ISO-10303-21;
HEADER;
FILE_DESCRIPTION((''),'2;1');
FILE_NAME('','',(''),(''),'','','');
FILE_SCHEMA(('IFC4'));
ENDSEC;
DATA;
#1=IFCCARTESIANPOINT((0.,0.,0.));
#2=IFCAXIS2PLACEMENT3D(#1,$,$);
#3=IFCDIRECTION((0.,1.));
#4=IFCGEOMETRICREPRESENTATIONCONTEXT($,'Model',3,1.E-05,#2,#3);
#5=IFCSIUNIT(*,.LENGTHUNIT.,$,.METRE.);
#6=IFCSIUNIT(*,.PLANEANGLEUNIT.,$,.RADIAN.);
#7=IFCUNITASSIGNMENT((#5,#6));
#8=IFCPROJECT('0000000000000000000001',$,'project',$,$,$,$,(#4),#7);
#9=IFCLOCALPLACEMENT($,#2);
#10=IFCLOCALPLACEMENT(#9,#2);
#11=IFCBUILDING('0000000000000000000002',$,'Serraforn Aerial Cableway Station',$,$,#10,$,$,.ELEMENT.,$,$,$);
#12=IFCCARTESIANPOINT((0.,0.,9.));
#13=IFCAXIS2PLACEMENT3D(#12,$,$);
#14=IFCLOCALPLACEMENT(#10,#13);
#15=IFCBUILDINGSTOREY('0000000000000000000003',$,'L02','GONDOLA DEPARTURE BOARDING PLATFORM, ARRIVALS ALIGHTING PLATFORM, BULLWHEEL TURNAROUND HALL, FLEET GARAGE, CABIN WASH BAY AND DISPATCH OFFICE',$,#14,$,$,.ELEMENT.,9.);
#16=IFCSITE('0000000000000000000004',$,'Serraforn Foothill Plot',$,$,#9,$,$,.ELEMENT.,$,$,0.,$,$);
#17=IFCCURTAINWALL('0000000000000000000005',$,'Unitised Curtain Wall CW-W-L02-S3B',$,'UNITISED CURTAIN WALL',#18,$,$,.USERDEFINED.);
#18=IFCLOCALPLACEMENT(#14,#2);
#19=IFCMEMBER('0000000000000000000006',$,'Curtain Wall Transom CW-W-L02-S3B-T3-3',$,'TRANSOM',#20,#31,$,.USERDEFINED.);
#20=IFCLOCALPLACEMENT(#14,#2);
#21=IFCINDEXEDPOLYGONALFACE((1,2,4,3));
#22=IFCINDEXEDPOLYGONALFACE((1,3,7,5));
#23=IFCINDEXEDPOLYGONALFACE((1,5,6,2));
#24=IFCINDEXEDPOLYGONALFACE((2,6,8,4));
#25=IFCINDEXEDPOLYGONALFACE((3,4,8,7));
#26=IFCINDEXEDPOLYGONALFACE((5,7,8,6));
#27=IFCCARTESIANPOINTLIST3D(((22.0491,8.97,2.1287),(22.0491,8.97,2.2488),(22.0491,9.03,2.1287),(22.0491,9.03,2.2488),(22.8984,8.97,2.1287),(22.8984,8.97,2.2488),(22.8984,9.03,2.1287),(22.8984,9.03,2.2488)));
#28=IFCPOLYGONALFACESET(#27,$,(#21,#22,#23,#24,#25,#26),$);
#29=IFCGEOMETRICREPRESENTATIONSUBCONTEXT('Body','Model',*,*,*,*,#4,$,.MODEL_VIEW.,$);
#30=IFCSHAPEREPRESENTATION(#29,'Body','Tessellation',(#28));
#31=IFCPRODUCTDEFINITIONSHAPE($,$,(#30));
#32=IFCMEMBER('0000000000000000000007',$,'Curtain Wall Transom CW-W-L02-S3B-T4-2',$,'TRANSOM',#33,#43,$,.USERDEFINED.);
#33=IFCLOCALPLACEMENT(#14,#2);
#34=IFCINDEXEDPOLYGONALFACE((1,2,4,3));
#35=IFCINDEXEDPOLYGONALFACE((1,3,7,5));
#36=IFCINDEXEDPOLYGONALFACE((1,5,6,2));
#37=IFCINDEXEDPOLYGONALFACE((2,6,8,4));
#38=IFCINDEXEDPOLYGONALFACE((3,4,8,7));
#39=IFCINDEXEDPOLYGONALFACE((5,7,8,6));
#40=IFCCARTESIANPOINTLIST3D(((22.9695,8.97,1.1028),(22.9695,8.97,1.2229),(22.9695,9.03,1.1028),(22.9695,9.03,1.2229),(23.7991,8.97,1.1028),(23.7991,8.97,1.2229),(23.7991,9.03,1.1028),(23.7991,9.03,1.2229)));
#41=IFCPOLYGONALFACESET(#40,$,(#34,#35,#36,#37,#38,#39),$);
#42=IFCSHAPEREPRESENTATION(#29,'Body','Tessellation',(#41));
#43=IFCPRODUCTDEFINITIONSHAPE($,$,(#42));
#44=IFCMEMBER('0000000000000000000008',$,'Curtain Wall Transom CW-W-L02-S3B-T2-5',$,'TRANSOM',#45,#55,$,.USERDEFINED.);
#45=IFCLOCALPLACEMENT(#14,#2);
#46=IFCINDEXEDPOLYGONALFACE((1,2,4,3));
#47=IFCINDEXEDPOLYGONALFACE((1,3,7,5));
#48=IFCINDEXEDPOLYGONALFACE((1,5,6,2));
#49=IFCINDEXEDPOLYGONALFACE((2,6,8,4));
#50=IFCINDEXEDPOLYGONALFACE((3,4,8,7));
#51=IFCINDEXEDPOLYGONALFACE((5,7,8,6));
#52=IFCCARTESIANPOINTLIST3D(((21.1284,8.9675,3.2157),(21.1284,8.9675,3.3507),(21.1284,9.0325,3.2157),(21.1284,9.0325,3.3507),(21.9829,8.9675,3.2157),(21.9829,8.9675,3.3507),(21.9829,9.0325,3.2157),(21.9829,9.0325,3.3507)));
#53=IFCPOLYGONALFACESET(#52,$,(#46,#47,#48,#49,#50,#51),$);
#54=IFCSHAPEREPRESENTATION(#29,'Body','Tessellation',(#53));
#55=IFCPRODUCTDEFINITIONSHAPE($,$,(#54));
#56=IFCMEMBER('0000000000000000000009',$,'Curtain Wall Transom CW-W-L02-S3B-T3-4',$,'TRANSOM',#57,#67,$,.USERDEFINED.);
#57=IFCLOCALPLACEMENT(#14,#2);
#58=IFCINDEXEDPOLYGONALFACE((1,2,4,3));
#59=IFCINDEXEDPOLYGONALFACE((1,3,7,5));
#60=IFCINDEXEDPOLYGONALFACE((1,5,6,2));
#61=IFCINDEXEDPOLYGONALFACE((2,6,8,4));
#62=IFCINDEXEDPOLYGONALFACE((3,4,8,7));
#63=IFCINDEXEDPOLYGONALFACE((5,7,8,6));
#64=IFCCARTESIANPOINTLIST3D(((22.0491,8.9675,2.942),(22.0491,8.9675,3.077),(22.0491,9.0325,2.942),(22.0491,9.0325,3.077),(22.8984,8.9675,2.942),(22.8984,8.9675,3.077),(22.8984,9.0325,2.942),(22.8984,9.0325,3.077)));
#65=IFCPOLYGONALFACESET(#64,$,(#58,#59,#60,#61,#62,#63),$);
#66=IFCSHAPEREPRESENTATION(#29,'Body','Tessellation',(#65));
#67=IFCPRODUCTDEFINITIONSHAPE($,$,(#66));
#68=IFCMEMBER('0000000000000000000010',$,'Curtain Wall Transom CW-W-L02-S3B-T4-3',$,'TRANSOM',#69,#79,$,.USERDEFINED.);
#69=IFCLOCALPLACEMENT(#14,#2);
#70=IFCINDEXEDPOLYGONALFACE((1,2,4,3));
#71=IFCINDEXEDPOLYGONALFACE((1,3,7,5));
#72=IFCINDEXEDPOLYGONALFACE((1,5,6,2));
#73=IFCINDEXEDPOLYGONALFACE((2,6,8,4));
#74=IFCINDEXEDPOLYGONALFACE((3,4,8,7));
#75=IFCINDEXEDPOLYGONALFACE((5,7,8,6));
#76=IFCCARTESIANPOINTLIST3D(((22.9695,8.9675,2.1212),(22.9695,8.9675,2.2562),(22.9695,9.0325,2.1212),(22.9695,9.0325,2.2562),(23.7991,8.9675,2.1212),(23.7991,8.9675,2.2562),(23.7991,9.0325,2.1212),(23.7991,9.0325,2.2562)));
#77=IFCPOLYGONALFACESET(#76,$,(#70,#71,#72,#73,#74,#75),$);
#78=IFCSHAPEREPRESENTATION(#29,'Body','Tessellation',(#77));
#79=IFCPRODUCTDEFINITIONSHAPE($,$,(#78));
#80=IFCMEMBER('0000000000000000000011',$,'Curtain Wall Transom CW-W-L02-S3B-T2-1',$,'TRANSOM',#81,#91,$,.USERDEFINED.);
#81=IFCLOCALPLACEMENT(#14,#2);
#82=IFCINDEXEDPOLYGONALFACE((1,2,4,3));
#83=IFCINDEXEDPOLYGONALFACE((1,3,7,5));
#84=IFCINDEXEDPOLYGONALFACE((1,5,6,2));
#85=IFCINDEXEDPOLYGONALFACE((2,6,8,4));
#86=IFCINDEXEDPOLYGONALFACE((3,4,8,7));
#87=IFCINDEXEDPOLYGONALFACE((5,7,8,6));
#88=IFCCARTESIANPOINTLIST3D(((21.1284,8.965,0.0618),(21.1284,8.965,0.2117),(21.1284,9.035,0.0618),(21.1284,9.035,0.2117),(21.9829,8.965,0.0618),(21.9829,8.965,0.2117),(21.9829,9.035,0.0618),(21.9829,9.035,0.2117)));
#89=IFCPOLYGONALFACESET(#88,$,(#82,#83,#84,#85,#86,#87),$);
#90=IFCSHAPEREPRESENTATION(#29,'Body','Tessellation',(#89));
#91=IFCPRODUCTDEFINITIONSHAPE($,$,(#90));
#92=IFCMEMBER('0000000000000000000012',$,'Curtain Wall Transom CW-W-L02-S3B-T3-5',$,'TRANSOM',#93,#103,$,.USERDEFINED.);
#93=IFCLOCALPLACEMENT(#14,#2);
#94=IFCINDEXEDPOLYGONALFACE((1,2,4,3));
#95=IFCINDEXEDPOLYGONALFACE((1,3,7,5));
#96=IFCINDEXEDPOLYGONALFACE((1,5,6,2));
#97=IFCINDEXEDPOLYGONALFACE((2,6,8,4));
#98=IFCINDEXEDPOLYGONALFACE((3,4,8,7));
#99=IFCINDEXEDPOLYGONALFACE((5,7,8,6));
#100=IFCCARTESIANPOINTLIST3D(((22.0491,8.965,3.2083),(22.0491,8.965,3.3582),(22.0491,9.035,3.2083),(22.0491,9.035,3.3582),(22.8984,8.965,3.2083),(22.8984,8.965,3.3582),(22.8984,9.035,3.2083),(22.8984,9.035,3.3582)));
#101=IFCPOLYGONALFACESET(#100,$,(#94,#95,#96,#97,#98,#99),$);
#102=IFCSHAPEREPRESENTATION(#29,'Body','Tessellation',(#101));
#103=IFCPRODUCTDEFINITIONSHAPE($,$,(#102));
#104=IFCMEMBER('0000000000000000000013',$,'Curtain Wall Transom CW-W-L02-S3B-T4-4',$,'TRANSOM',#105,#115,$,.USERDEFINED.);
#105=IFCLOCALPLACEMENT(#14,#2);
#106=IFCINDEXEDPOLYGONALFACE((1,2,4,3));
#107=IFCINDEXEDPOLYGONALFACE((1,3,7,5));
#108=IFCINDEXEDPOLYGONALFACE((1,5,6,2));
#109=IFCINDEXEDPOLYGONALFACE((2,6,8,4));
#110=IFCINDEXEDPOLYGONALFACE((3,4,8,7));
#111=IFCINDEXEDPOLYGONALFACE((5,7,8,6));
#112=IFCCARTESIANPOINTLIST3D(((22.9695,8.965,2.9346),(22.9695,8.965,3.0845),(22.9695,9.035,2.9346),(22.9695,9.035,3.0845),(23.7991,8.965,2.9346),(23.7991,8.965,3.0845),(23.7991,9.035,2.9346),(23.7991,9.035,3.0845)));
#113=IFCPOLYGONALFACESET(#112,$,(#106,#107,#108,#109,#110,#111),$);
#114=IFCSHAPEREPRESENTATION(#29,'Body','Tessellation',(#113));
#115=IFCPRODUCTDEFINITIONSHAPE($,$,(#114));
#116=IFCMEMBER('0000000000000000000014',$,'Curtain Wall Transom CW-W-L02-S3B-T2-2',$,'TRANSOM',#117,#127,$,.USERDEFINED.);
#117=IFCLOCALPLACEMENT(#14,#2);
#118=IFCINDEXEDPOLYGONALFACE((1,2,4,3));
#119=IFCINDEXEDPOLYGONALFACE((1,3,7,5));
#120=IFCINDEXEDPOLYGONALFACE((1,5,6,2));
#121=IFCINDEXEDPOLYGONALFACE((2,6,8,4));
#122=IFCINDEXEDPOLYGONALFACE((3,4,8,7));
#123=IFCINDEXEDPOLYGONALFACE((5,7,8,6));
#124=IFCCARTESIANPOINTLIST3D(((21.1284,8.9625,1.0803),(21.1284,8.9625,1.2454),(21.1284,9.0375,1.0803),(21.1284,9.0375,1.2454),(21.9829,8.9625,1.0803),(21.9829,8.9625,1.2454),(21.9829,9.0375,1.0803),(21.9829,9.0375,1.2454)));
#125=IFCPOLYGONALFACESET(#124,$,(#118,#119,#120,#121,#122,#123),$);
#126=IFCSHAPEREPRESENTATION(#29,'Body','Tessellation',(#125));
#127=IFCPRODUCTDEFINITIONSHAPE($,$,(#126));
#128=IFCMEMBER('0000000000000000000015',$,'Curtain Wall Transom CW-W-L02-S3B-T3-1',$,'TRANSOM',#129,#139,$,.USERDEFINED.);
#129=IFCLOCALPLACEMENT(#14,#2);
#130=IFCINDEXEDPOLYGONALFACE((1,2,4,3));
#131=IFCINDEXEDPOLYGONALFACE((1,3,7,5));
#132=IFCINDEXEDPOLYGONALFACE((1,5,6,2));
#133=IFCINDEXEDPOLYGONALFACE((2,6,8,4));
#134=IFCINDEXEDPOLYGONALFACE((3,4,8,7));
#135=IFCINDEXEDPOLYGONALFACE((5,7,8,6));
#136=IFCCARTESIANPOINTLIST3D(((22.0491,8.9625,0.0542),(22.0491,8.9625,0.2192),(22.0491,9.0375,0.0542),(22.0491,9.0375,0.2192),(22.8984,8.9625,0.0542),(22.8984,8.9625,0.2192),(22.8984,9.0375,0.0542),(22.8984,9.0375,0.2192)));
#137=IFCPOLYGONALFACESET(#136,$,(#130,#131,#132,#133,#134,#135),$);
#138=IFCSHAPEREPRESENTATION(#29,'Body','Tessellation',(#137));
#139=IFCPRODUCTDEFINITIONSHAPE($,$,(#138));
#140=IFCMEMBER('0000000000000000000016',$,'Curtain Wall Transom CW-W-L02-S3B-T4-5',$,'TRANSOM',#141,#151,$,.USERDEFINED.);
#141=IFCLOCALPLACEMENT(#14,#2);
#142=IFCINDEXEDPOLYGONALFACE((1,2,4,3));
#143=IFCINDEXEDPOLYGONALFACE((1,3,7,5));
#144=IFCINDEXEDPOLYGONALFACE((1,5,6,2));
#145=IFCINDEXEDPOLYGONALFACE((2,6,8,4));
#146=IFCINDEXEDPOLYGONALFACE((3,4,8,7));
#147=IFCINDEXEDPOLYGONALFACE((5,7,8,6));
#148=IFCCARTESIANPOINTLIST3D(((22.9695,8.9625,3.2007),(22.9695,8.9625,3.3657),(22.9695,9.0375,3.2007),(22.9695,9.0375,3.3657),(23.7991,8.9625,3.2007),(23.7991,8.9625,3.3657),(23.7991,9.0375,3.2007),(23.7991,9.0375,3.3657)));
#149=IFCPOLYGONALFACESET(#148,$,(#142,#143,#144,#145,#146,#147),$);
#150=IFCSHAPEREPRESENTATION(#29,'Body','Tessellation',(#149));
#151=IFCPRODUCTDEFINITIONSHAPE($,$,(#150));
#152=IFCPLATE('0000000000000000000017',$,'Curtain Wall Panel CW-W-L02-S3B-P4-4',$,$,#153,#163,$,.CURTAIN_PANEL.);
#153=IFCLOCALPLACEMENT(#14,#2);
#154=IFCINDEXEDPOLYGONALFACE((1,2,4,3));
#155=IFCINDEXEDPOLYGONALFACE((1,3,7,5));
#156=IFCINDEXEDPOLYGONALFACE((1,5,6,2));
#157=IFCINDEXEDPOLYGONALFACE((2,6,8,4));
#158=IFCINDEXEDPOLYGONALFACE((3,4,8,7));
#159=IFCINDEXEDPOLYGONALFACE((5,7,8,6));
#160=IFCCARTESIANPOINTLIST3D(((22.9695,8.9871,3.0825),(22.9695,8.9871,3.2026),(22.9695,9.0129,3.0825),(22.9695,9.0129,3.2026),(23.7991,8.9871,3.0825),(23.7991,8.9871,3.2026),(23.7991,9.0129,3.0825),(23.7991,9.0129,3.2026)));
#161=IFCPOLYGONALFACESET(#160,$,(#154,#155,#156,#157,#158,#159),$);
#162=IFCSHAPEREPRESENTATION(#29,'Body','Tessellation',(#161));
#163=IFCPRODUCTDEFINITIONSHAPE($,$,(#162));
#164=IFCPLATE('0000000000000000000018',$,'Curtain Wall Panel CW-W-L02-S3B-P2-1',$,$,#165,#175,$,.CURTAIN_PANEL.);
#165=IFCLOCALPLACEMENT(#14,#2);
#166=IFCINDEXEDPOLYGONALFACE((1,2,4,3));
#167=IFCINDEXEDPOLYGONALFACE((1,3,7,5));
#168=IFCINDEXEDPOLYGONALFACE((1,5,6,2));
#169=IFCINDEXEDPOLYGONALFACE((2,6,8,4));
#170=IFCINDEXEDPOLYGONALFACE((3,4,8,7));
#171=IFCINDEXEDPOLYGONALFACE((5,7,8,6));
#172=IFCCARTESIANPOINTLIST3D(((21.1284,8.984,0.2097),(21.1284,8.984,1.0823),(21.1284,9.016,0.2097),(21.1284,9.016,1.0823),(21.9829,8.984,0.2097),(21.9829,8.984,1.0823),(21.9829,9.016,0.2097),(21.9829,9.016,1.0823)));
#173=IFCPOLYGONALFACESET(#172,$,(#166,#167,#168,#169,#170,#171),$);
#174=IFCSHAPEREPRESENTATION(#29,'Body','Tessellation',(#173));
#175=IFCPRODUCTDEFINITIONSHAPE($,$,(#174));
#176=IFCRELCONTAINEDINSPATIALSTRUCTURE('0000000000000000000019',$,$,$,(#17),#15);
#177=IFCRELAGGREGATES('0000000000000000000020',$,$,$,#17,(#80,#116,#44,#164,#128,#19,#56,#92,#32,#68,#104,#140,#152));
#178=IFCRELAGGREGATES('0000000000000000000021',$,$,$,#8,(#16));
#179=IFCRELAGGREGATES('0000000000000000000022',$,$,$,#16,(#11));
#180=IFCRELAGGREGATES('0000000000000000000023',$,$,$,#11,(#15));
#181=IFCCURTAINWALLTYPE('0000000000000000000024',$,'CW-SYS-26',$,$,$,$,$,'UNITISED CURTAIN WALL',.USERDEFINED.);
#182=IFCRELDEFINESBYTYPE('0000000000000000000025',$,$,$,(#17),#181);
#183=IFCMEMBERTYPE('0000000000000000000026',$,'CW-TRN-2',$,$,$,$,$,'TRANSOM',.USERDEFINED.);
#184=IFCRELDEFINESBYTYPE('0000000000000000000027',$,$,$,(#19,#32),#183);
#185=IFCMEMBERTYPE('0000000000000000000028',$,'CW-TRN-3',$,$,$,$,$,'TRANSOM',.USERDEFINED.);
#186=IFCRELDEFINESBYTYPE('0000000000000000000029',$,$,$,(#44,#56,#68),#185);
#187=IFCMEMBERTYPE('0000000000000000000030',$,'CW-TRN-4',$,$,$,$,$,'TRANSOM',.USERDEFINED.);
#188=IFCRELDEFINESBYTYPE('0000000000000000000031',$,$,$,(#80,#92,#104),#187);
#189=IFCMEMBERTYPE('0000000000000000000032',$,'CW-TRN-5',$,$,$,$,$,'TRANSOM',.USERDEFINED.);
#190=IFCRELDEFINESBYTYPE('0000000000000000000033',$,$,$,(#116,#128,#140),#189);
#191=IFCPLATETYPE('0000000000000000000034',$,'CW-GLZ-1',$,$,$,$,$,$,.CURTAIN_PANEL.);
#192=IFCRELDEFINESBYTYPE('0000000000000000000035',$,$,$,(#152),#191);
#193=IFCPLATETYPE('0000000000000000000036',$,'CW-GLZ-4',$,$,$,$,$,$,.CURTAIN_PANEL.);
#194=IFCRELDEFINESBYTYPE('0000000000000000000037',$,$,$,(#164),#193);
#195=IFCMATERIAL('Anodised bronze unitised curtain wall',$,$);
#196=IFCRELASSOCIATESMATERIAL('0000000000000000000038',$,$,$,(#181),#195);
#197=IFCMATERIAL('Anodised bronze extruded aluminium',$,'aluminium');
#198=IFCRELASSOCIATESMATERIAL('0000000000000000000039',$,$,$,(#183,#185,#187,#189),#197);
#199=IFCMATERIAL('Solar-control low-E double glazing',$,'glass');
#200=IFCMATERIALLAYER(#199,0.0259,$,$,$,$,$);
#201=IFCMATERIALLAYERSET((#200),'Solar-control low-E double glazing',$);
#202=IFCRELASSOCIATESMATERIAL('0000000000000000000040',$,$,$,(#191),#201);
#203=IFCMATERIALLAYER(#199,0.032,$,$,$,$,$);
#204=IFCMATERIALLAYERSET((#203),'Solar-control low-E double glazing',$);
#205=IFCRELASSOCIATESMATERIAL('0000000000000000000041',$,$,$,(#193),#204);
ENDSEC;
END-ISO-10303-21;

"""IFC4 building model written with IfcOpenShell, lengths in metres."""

from ifc_helpers import new_model, si_unit, direction, frame, origin, origin_2d, place, context, subcontext, project, spatial, rectangle, extrude, material, layer, layer_set, material_profile, profile_set, type_object, element, aggregate, save


model = new_model("IFC4")

# Units and contexts
model_context = context("Model", 3, precision=1e-05, world=origin(), true_north=direction((0.0, 1.0)))
body_context = subcontext(model_context, "Body", "Model", "MODEL_VIEW")
ifc_project = project(units=[si_unit("LENGTHUNIT", "METRE"), si_unit("PLANEANGLEUNIT", "RADIAN")], contexts=[model_context])

# Site, building, storey
site_placement = place(None, origin())
site = spatial("IfcSite", under=ifc_project, at=site_placement, Name="Serraforn Foothill Plot", CompositionType="ELEMENT", RefElevation=0.0)
building_placement = place(site_placement, origin())
building = spatial("IfcBuilding", under=site, at=building_placement, Name="Serraforn Aerial Cableway Station", CompositionType="ELEMENT")
storey_placement = place(building_placement, frame((0.0, 0.0, 9.0)))
storey = spatial("IfcBuildingStorey", under=building, at=storey_placement, Name="L02", Description="GONDOLA DEPARTURE BOARDING PLATFORM, ARRIVALS ALIGHTING PLATFORM, BULLWHEEL TURNAROUND HALL, FLEET GARAGE, CABIN WASH BAY AND DISPATCH OFFICE", CompositionType="ELEMENT", Elevation=9.0)

# Curtain wall, members, plates
ifc_material_1 = material(Name="Anodised bronze unitised curtain wall")
curtain_wall_type = type_object("IfcCurtainWallType", Name="CW-SYS-26", ElementType="UNITISED CURTAIN WALL", PredefinedType="USERDEFINED", material=ifc_material_1)
curtain_wall_placement = place(storey_placement, origin())
curtain_wall = element("IfcCurtainWall", 1, at=curtain_wall_placement, inside=storey, type_object=curtain_wall_type, Name="Unitised Curtain Wall CW-W-L02-S3B", ObjectType="UNITISED CURTAIN WALL", PredefinedType="USERDEFINED")
ifc_material_2 = material(Name="Anodised bronze extruded aluminium", Category="aluminium")
ifc_material_profile_1 = material_profile(ifc_material_2, rectangle(XDim=0.0601, YDim=0.1201, at=origin_2d()), Name="CW TRANSOM 60x120")
ifc_profile_set_1 = profile_set([ifc_material_profile_1], Name="Anodised bronze extruded aluminium")
member_type_1 = type_object("IfcMemberType", Name="CW-TRN-2", ElementType="TRANSOM", PredefinedType="USERDEFINED", material=ifc_profile_set_1)
member_1_placement = place(storey_placement, frame((22.0491, 9.0, 2.1887), z_axis=(1.0, 0.0, 0.0), x_axis=(0.0, 1.0, 0.0)))
member_1 = element("IfcMember", 2, at=member_1_placement, type_object=member_type_1, Name="Curtain Wall Transom CW-W-L02-S3B-T3-3", ObjectType="TRANSOM", PredefinedType="USERDEFINED", context=body_context, shape_type="SweptSolid", body=[
    extrude(rectangle(XDim=0.0601, YDim=0.1201, at=origin_2d()), origin(), (0.0, 0.0, 1.0), 0.8494),
])
member_2_placement = place(storey_placement, frame((22.9695, 9.0, 1.1628), z_axis=(1.0, 0.0, 0.0), x_axis=(0.0, 1.0, 0.0)))
member_2 = element("IfcMember", 3, at=member_2_placement, type_object=member_type_1, Name="Curtain Wall Transom CW-W-L02-S3B-T4-2", ObjectType="TRANSOM", PredefinedType="USERDEFINED", context=body_context, shape_type="SweptSolid", body=[
    extrude(rectangle(XDim=0.0601, YDim=0.1201, at=origin_2d()), origin(), (0.0, 0.0, 1.0), 0.8296),
])
ifc_material_profile_2 = material_profile(ifc_material_2, rectangle(XDim=0.0649, YDim=0.135, at=origin_2d()), Name="CW TRANSOM 65x135")
ifc_profile_set_2 = profile_set([ifc_material_profile_2], Name="Anodised bronze extruded aluminium")
member_type_2 = type_object("IfcMemberType", Name="CW-TRN-3", ElementType="TRANSOM", PredefinedType="USERDEFINED", material=ifc_profile_set_2)
member_3_placement = place(storey_placement, frame((21.1284, 9.0, 3.2832), z_axis=(1.0, 0.0, 0.0), x_axis=(0.0, 1.0, 0.0)))
member_3 = element("IfcMember", 4, at=member_3_placement, type_object=member_type_2, Name="Curtain Wall Transom CW-W-L02-S3B-T2-5", ObjectType="TRANSOM", PredefinedType="USERDEFINED", context=body_context, shape_type="SweptSolid", body=[
    extrude(rectangle(XDim=0.0649, YDim=0.135, at=origin_2d()), origin(), (0.0, 0.0, 1.0), 0.8545),
])
member_4_placement = place(storey_placement, frame((22.0491, 9.0, 3.0095), z_axis=(1.0, 0.0, 0.0), x_axis=(0.0, 1.0, 0.0)))
member_4 = element("IfcMember", 5, at=member_4_placement, type_object=member_type_2, Name="Curtain Wall Transom CW-W-L02-S3B-T3-4", ObjectType="TRANSOM", PredefinedType="USERDEFINED", context=body_context, shape_type="SweptSolid", body=[
    extrude(rectangle(XDim=0.0649, YDim=0.135, at=origin_2d()), origin(), (0.0, 0.0, 1.0), 0.8494),
])
member_5_placement = place(storey_placement, frame((22.9695, 9.0, 2.1887), z_axis=(1.0, 0.0, 0.0), x_axis=(0.0, 1.0, 0.0)))
member_5 = element("IfcMember", 6, at=member_5_placement, type_object=member_type_2, Name="Curtain Wall Transom CW-W-L02-S3B-T4-3", ObjectType="TRANSOM", PredefinedType="USERDEFINED", context=body_context, shape_type="SweptSolid", body=[
    extrude(rectangle(XDim=0.0649, YDim=0.135, at=origin_2d()), origin(), (0.0, 0.0, 1.0), 0.8296),
])
ifc_material_profile_3 = material_profile(ifc_material_2, rectangle(XDim=0.0701, YDim=0.1499, at=origin_2d()), Name="CW TRANSOM 70x150")
ifc_profile_set_3 = profile_set([ifc_material_profile_3], Name="Anodised bronze extruded aluminium")
member_type_3 = type_object("IfcMemberType", Name="CW-TRN-4", ElementType="TRANSOM", PredefinedType="USERDEFINED", material=ifc_profile_set_3)
member_6_placement = place(storey_placement, frame((21.1284, 9.0, 0.1367), z_axis=(1.0, 0.0, 0.0), x_axis=(0.0, 1.0, 0.0)))
member_6 = element("IfcMember", 7, at=member_6_placement, type_object=member_type_3, Name="Curtain Wall Transom CW-W-L02-S3B-T2-1", ObjectType="TRANSOM", PredefinedType="USERDEFINED", context=body_context, shape_type="SweptSolid", body=[
    extrude(rectangle(XDim=0.0701, YDim=0.1499, at=origin_2d()), origin(), (0.0, 0.0, 1.0), 0.8545),
])
member_7_placement = place(storey_placement, frame((22.0491, 9.0, 3.2832), z_axis=(1.0, 0.0, 0.0), x_axis=(0.0, 1.0, 0.0)))
member_7 = element("IfcMember", 8, at=member_7_placement, type_object=member_type_3, Name="Curtain Wall Transom CW-W-L02-S3B-T3-5", ObjectType="TRANSOM", PredefinedType="USERDEFINED", context=body_context, shape_type="SweptSolid", body=[
    extrude(rectangle(XDim=0.0701, YDim=0.1499, at=origin_2d()), origin(), (0.0, 0.0, 1.0), 0.8494),
])
member_8_placement = place(storey_placement, frame((22.9695, 9.0, 3.0095), z_axis=(1.0, 0.0, 0.0), x_axis=(0.0, 1.0, 0.0)))
member_8 = element("IfcMember", 9, at=member_8_placement, type_object=member_type_3, Name="Curtain Wall Transom CW-W-L02-S3B-T4-4", ObjectType="TRANSOM", PredefinedType="USERDEFINED", context=body_context, shape_type="SweptSolid", body=[
    extrude(rectangle(XDim=0.0701, YDim=0.1499, at=origin_2d()), origin(), (0.0, 0.0, 1.0), 0.8296),
])
ifc_material_profile_4 = material_profile(ifc_material_2, rectangle(XDim=0.075, YDim=0.165, at=origin_2d()), Name="CW TRANSOM 75x165")
ifc_profile_set_4 = profile_set([ifc_material_profile_4], Name="Anodised bronze extruded aluminium")
member_type_4 = type_object("IfcMemberType", Name="CW-TRN-5", ElementType="TRANSOM", PredefinedType="USERDEFINED", material=ifc_profile_set_4)
member_9_placement = place(storey_placement, frame((21.1284, 9.0, 1.1628), z_axis=(1.0, 0.0, 0.0), x_axis=(0.0, 1.0, 0.0)))
member_9 = element("IfcMember", 10, at=member_9_placement, type_object=member_type_4, Name="Curtain Wall Transom CW-W-L02-S3B-T2-2", ObjectType="TRANSOM", PredefinedType="USERDEFINED", context=body_context, shape_type="SweptSolid", body=[
    extrude(rectangle(XDim=0.075, YDim=0.165, at=origin_2d()), origin(), (0.0, 0.0, 1.0), 0.8545),
])
member_10_placement = place(storey_placement, frame((22.0491, 9.0, 0.1367), z_axis=(1.0, 0.0, 0.0), x_axis=(0.0, 1.0, 0.0)))
member_10 = element("IfcMember", 11, at=member_10_placement, type_object=member_type_4, Name="Curtain Wall Transom CW-W-L02-S3B-T3-1", ObjectType="TRANSOM", PredefinedType="USERDEFINED", context=body_context, shape_type="SweptSolid", body=[
    extrude(rectangle(XDim=0.075, YDim=0.165, at=origin_2d()), origin(), (0.0, 0.0, 1.0), 0.8494),
])
member_11_placement = place(storey_placement, frame((22.9695, 9.0, 3.2832), z_axis=(1.0, 0.0, 0.0), x_axis=(0.0, 1.0, 0.0)))
member_11 = element("IfcMember", 12, at=member_11_placement, type_object=member_type_4, Name="Curtain Wall Transom CW-W-L02-S3B-T4-5", ObjectType="TRANSOM", PredefinedType="USERDEFINED", context=body_context, shape_type="SweptSolid", body=[
    extrude(rectangle(XDim=0.075, YDim=0.165, at=origin_2d()), origin(), (0.0, 0.0, 1.0), 0.8296),
])
ifc_material_3 = material(Name="Solar-control low-E double glazing", Category="glass")
ifc_layer_1 = layer(ifc_material_3, 0.0259)
ifc_layer_set_1 = layer_set([ifc_layer_1], Name="Solar-control low-E double glazing")
plate_type_1 = type_object("IfcPlateType", Name="CW-GLZ-1", PredefinedType="CURTAIN_PANEL", material=ifc_layer_set_1)
plate_1_placement = place(storey_placement, frame((23.3843, 9.0, 3.0825), z_axis=(0.0, 0.0, 1.0), x_axis=(1.0, 0.0, 0.0)))
plate_1 = element("IfcPlate", 13, at=plate_1_placement, type_object=plate_type_1, Name="Curtain Wall Panel CW-W-L02-S3B-P4-4", PredefinedType="CURTAIN_PANEL", context=body_context, shape_type="SweptSolid", body=[
    extrude(rectangle(XDim=0.8296, YDim=0.0259, at=origin_2d()), origin(), (0.0, 0.0, 1.0), 0.1201),
])
ifc_layer_2 = layer(ifc_material_3, 0.032)
ifc_layer_set_2 = layer_set([ifc_layer_2], Name="Solar-control low-E double glazing")
plate_type_2 = type_object("IfcPlateType", Name="CW-GLZ-4", PredefinedType="CURTAIN_PANEL", material=ifc_layer_set_2)
plate_2_placement = place(storey_placement, frame((21.5557, 9.0, 0.2097), z_axis=(0.0, 0.0, 1.0), x_axis=(1.0, 0.0, 0.0)))
plate_2 = element("IfcPlate", 14, at=plate_2_placement, type_object=plate_type_2, Name="Curtain Wall Panel CW-W-L02-S3B-P2-1", PredefinedType="CURTAIN_PANEL", context=body_context, shape_type="SweptSolid", body=[
    extrude(rectangle(XDim=0.8545, YDim=0.032, at=origin_2d()), origin(), (0.0, 0.0, 1.0), 0.8726),
])
aggregate(curtain_wall, [member_6, member_9, member_3, plate_2, member_10, member_1, member_4, member_7, member_2, member_5, member_8, member_11, plate_1])

save(model, "model.ifc")
